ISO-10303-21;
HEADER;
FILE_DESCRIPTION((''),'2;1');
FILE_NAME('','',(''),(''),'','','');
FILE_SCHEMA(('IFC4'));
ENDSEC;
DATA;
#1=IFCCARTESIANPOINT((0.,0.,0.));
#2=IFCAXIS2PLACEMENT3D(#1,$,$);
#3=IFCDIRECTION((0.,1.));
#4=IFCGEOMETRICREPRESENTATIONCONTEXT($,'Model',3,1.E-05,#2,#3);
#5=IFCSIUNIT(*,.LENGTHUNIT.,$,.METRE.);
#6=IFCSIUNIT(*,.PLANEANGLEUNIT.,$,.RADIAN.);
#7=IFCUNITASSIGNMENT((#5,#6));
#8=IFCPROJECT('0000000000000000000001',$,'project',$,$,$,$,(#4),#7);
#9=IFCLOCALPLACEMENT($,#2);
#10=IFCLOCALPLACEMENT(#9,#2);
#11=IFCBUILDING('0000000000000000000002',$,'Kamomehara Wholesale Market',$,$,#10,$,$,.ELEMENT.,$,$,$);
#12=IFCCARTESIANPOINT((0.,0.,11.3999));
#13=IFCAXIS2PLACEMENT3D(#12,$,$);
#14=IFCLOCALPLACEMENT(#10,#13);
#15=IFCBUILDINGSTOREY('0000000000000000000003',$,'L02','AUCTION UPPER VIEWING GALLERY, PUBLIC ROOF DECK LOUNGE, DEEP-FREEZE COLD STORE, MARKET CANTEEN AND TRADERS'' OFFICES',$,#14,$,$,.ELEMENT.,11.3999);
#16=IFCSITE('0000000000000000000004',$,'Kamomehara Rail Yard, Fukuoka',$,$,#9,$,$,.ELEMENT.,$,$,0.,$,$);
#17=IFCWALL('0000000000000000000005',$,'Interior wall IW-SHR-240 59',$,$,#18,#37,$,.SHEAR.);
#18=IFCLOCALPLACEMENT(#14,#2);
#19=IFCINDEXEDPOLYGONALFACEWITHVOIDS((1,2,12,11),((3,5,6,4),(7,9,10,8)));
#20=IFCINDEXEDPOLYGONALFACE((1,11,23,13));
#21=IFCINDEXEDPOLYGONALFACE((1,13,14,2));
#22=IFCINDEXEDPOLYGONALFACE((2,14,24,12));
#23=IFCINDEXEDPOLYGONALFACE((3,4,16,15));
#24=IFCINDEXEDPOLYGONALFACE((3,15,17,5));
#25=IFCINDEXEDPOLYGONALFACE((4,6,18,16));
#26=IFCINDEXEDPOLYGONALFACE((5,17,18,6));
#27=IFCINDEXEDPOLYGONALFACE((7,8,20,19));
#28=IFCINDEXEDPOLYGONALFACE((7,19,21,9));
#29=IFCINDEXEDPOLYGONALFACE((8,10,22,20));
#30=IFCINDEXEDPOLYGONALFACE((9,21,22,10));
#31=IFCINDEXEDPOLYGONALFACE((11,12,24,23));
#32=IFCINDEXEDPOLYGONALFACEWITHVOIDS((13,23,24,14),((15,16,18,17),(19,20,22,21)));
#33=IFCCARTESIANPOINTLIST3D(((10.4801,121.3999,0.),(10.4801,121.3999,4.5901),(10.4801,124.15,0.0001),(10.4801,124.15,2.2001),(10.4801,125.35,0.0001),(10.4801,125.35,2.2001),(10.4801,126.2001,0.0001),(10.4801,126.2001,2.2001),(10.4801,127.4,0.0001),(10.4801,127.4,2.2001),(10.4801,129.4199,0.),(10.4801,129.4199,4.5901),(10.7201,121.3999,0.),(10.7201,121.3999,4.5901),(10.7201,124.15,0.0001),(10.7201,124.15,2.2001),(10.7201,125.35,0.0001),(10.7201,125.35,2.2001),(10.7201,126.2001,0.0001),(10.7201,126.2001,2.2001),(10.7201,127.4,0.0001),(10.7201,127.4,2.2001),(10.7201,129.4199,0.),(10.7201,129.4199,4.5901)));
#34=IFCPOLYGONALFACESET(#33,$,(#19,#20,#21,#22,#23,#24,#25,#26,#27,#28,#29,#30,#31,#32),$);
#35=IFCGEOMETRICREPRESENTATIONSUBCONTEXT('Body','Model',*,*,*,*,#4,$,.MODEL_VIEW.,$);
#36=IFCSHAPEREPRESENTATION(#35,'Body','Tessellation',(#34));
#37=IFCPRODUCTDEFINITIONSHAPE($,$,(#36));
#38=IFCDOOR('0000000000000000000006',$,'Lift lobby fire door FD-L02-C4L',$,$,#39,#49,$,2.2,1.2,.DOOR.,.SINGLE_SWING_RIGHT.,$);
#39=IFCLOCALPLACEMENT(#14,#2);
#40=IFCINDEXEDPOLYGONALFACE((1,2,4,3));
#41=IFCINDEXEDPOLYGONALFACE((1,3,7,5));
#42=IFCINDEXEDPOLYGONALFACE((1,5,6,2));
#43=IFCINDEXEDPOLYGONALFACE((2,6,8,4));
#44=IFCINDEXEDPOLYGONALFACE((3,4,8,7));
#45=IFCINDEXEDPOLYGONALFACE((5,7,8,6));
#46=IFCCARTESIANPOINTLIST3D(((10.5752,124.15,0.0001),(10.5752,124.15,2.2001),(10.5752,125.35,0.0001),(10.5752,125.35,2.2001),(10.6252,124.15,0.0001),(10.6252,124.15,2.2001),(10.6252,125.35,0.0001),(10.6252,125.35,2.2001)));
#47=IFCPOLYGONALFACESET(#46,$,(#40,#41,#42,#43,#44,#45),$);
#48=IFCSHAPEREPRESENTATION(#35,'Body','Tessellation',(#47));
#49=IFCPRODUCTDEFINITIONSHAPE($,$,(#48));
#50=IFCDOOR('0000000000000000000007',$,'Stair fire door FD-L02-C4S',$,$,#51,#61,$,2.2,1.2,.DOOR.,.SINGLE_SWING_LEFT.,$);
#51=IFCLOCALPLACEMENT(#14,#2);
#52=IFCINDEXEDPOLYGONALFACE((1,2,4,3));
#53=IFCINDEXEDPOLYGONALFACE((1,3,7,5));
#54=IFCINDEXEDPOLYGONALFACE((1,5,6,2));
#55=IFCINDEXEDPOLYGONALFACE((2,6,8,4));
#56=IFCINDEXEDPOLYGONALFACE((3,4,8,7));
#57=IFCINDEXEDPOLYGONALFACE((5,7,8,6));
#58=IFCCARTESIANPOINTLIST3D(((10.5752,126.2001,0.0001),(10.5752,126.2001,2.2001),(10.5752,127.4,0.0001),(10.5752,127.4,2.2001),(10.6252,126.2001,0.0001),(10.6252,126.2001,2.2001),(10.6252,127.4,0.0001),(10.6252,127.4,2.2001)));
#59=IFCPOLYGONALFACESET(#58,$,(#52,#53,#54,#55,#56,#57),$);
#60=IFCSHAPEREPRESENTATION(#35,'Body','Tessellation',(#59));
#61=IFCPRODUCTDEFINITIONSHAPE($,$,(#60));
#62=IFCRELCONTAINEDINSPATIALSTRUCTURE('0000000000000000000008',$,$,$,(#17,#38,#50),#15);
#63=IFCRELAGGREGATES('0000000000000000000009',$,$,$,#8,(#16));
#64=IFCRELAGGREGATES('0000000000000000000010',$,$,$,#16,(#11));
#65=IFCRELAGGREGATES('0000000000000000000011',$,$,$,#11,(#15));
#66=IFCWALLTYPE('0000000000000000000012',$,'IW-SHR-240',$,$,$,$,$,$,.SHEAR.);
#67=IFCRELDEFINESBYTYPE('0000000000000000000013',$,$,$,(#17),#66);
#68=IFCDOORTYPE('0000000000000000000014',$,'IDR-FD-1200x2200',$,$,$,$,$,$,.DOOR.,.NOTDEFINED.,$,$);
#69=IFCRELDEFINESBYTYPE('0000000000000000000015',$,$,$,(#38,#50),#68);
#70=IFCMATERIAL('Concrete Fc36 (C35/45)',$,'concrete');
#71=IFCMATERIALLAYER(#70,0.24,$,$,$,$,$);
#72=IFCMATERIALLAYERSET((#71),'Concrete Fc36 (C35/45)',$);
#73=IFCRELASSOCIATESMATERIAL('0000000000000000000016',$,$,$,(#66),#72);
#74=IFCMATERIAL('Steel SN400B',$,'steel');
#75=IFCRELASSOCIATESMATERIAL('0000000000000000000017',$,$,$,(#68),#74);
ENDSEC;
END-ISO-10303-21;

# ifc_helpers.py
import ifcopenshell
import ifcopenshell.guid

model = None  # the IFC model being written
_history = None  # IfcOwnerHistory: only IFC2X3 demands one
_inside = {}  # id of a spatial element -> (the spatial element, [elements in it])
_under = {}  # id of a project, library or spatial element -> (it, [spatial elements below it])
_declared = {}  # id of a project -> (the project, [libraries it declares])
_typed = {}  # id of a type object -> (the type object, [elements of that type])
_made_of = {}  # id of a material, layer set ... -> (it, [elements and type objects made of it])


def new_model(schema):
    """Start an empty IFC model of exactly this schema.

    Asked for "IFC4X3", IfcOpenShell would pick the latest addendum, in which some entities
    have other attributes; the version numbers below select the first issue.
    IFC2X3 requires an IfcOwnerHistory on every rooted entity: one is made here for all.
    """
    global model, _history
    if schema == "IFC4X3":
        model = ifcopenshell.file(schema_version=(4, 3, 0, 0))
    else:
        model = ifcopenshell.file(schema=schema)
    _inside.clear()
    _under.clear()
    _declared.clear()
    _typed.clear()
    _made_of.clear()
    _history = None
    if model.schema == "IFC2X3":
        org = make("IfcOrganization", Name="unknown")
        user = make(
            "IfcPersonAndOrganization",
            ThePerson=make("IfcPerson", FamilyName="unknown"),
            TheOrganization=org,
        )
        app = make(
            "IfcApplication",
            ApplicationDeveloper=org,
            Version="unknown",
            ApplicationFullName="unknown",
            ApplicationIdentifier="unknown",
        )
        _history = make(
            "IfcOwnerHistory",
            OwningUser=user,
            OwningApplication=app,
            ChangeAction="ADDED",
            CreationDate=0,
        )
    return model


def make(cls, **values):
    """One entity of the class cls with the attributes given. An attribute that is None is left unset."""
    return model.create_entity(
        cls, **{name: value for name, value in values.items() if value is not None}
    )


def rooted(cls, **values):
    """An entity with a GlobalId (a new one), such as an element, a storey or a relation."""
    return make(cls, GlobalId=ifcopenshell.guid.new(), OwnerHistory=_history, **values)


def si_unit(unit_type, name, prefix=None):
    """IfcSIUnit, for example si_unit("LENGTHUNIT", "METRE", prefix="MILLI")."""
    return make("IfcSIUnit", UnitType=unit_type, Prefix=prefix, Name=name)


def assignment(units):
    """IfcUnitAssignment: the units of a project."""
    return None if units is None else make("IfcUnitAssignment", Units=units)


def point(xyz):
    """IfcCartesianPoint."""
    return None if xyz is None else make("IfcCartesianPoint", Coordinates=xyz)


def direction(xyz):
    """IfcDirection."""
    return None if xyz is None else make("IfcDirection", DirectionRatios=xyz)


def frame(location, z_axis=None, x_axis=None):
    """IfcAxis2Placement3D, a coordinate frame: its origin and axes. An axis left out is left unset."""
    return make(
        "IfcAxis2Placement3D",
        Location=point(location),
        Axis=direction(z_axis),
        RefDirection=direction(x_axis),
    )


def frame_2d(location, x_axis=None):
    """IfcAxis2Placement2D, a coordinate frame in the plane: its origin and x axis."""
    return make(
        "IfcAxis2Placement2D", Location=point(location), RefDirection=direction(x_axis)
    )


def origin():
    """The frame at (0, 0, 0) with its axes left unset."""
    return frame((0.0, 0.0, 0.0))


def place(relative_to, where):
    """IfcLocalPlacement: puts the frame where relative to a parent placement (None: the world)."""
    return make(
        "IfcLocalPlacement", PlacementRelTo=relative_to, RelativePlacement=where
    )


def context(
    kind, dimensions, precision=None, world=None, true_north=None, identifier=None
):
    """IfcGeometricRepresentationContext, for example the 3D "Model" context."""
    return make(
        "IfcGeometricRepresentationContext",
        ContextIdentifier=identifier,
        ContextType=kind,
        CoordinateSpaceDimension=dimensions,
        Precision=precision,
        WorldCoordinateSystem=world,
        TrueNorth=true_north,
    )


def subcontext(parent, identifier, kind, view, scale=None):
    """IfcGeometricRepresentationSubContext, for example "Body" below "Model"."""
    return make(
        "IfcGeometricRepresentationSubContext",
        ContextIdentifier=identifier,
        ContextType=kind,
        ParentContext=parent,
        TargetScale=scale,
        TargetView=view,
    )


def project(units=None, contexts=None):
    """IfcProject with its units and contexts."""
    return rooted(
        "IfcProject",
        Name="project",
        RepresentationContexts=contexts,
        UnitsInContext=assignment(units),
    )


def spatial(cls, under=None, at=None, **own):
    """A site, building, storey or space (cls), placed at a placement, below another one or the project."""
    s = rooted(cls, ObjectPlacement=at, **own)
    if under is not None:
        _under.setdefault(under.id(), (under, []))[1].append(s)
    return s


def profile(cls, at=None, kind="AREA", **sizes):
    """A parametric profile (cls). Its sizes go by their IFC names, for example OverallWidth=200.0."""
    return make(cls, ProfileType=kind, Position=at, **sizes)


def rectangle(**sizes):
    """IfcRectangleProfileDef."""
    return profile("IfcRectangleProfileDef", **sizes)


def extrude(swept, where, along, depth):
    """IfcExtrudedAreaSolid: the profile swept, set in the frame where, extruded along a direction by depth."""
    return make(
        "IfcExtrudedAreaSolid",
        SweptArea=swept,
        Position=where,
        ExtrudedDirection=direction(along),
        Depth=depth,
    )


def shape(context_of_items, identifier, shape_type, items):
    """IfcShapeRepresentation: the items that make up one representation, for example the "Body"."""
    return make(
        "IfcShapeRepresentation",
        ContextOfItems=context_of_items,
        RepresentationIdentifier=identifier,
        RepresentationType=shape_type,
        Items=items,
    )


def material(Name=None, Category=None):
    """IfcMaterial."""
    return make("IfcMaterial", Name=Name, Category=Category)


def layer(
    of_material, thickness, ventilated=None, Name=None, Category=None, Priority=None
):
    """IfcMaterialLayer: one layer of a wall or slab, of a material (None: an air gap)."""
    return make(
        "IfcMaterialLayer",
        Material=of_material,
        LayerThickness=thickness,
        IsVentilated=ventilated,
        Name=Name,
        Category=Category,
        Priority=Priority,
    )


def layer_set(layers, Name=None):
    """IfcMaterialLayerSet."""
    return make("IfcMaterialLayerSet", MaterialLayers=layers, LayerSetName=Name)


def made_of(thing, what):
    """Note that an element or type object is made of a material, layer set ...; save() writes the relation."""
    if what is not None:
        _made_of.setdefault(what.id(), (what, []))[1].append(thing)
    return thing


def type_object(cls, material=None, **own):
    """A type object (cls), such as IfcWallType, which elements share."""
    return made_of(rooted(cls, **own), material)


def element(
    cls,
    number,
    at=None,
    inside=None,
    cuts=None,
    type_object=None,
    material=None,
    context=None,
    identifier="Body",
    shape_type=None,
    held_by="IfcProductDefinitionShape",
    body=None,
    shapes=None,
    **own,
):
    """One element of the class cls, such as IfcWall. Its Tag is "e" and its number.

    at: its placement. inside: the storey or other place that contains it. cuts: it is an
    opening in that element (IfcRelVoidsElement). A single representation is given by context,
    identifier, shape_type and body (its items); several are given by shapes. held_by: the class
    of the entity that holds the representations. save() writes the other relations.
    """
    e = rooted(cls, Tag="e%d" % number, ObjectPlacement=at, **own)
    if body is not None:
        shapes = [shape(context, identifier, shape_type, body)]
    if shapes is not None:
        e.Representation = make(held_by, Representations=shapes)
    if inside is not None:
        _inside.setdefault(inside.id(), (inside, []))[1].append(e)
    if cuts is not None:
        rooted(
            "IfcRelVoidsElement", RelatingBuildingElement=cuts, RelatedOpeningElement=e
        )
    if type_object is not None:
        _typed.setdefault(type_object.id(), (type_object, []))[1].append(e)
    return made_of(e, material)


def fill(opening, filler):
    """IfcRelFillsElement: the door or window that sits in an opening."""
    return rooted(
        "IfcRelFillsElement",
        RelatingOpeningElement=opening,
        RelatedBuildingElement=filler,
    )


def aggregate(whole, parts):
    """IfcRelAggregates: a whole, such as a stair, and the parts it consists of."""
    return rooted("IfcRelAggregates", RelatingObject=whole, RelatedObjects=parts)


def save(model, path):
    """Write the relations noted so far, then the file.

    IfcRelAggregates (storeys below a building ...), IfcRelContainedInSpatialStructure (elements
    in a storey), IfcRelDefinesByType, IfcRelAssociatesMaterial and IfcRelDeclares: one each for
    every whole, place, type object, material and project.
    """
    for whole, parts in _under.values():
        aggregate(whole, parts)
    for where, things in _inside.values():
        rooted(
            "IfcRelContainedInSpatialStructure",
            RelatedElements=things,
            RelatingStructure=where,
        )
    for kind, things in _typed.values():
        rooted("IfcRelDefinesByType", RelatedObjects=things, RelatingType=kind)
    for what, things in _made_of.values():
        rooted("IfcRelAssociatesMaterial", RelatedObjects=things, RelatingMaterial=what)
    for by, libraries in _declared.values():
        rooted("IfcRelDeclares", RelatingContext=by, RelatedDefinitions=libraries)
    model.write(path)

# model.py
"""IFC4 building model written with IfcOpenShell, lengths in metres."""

from ifc_helpers import new_model, si_unit, direction, frame, frame_2d, origin, place, context, subcontext, project, spatial, rectangle, extrude, material, layer, layer_set, type_object, element, fill, save


model = new_model("IFC4")

# Units and contexts
model_context = context("Model", 3, precision=1e-05, world=origin(), true_north=direction((0.0, 1.0)))
body_context = subcontext(model_context, "Body", "Model", "MODEL_VIEW")
ifc_project = project(units=[si_unit("LENGTHUNIT", "METRE"), si_unit("PLANEANGLEUNIT", "RADIAN")], contexts=[model_context])

# Site, building, storey
site_placement = place(None, origin())
site = spatial("IfcSite", under=ifc_project, at=site_placement, Name="Kamomehara Rail Yard, Fukuoka", CompositionType="ELEMENT", RefElevation=0.0)
building_placement = place(site_placement, origin())
building = spatial("IfcBuilding", under=site, at=building_placement, Name="Kamomehara Wholesale Market", CompositionType="ELEMENT")
storey_placement = place(building_placement, frame((0.0, 0.0, 11.3999)))
storey = spatial("IfcBuildingStorey", under=building, at=storey_placement, Name="L02", Description="AUCTION UPPER VIEWING GALLERY, PUBLIC ROOF DECK LOUNGE, DEEP-FREEZE COLD STORE, MARKET CANTEEN AND TRADERS' OFFICES", CompositionType="ELEMENT", Elevation=11.3999)

# Shared definitions
ifc_material_1 = material(Name="Concrete Fc36 (C35/45)", Category="concrete")
ifc_layer_1 = layer(ifc_material_1, 0.24)
ifc_layer_set_1 = layer_set([ifc_layer_1], Name="Concrete Fc36 (C35/45)")
wall_type_1 = type_object("IfcWallType", Name="IW-SHR-240", PredefinedType="SHEAR", material=ifc_layer_set_1)

# Wall, openings, doors
wall_1_placement = place(storey_placement, frame((10.6001, 121.3999, 0.0), z_axis=(0.0, 0.0, 1.0), x_axis=(0.0, 1.0, 0.0)))
wall_1 = element("IfcWall", 1, at=wall_1_placement, inside=storey, type_object=wall_type_1, Name="Interior wall IW-SHR-240 59", PredefinedType="SHEAR", context=body_context, shape_type="SweptSolid", body=[
    extrude(rectangle(XDim=8.02, YDim=0.24, at=frame_2d((4.01, 0.0))), origin(), (0.0, 0.0, 1.0), 4.5901),
])
opening_1_placement = place(wall_1_placement, frame((2.75, 0.0, 0.0)))
opening_1 = element("IfcOpeningElement", 2, at=opening_1_placement, cuts=wall_1, PredefinedType="OPENING", context=body_context, shape_type="SweptSolid", body=[
    extrude(rectangle(XDim=1.2, YDim=2.2, at=frame_2d((0.6001, 1.1001))), frame((0.0, 0.1348, 0.0), z_axis=(0.0, -1.0, 0.0), x_axis=(1.0, 0.0, 0.0)), (0.0, 0.0, 1.0), 0.2698),
])
opening_2_placement = place(wall_1_placement, frame((4.8, 0.0, 0.0)))
opening_2 = element("IfcOpeningElement", 3, at=opening_2_placement, cuts=wall_1, PredefinedType="OPENING", context=body_context, shape_type="SweptSolid", body=[
    extrude(rectangle(XDim=1.2, YDim=2.2, at=frame_2d((0.6001, 1.1001))), frame((0.0, 0.1348, 0.0), z_axis=(0.0, -1.0, 0.0), x_axis=(1.0, 0.0, 0.0)), (0.0, 0.0, 1.0), 0.2698),
])
ifc_material_2 = material(Name="Steel SN400B", Category="steel")
door_type_1 = type_object("IfcDoorType", Name="IDR-FD-1200x2200", OperationType="NOTDEFINED", PredefinedType="DOOR", material=ifc_material_2)
door_1_placement = place(opening_1_placement, origin())
door_1 = element("IfcDoor", 4, at=door_1_placement, inside=storey, type_object=door_type_1, Name="Lift lobby fire door FD-L02-C4L", OperationType="SINGLE_SWING_RIGHT", OverallHeight=2.2, OverallWidth=1.2, PredefinedType="DOOR", context=body_context, shape_type="SweptSolid", body=[
    extrude(rectangle(XDim=1.2, YDim=2.2, at=frame_2d((0.6001, 1.1001))), frame((0.0, 0.0249, 0.0), z_axis=(0.0, -1.0, 0.0), x_axis=(1.0, 0.0, 0.0)), (0.0, 0.0, 1.0), 0.05),
])
fill(opening_1, door_1)
door_2_placement = place(opening_2_placement, origin())
door_2 = element("IfcDoor", 5, at=door_2_placement, inside=storey, type_object=door_type_1, Name="Stair fire door FD-L02-C4S", OperationType="SINGLE_SWING_LEFT", OverallHeight=2.2, OverallWidth=1.2, PredefinedType="DOOR", context=body_context, shape_type="SweptSolid", body=[
    extrude(rectangle(XDim=1.2, YDim=2.2, at=frame_2d((0.6001, 1.1001))), frame((0.0, 0.0249, 0.0), z_axis=(0.0, -1.0, 0.0), x_axis=(1.0, 0.0, 0.0)), (0.0, 0.0, 1.0), 0.05),
])
fill(opening_2, door_2)

save(model, "model.ifc")
